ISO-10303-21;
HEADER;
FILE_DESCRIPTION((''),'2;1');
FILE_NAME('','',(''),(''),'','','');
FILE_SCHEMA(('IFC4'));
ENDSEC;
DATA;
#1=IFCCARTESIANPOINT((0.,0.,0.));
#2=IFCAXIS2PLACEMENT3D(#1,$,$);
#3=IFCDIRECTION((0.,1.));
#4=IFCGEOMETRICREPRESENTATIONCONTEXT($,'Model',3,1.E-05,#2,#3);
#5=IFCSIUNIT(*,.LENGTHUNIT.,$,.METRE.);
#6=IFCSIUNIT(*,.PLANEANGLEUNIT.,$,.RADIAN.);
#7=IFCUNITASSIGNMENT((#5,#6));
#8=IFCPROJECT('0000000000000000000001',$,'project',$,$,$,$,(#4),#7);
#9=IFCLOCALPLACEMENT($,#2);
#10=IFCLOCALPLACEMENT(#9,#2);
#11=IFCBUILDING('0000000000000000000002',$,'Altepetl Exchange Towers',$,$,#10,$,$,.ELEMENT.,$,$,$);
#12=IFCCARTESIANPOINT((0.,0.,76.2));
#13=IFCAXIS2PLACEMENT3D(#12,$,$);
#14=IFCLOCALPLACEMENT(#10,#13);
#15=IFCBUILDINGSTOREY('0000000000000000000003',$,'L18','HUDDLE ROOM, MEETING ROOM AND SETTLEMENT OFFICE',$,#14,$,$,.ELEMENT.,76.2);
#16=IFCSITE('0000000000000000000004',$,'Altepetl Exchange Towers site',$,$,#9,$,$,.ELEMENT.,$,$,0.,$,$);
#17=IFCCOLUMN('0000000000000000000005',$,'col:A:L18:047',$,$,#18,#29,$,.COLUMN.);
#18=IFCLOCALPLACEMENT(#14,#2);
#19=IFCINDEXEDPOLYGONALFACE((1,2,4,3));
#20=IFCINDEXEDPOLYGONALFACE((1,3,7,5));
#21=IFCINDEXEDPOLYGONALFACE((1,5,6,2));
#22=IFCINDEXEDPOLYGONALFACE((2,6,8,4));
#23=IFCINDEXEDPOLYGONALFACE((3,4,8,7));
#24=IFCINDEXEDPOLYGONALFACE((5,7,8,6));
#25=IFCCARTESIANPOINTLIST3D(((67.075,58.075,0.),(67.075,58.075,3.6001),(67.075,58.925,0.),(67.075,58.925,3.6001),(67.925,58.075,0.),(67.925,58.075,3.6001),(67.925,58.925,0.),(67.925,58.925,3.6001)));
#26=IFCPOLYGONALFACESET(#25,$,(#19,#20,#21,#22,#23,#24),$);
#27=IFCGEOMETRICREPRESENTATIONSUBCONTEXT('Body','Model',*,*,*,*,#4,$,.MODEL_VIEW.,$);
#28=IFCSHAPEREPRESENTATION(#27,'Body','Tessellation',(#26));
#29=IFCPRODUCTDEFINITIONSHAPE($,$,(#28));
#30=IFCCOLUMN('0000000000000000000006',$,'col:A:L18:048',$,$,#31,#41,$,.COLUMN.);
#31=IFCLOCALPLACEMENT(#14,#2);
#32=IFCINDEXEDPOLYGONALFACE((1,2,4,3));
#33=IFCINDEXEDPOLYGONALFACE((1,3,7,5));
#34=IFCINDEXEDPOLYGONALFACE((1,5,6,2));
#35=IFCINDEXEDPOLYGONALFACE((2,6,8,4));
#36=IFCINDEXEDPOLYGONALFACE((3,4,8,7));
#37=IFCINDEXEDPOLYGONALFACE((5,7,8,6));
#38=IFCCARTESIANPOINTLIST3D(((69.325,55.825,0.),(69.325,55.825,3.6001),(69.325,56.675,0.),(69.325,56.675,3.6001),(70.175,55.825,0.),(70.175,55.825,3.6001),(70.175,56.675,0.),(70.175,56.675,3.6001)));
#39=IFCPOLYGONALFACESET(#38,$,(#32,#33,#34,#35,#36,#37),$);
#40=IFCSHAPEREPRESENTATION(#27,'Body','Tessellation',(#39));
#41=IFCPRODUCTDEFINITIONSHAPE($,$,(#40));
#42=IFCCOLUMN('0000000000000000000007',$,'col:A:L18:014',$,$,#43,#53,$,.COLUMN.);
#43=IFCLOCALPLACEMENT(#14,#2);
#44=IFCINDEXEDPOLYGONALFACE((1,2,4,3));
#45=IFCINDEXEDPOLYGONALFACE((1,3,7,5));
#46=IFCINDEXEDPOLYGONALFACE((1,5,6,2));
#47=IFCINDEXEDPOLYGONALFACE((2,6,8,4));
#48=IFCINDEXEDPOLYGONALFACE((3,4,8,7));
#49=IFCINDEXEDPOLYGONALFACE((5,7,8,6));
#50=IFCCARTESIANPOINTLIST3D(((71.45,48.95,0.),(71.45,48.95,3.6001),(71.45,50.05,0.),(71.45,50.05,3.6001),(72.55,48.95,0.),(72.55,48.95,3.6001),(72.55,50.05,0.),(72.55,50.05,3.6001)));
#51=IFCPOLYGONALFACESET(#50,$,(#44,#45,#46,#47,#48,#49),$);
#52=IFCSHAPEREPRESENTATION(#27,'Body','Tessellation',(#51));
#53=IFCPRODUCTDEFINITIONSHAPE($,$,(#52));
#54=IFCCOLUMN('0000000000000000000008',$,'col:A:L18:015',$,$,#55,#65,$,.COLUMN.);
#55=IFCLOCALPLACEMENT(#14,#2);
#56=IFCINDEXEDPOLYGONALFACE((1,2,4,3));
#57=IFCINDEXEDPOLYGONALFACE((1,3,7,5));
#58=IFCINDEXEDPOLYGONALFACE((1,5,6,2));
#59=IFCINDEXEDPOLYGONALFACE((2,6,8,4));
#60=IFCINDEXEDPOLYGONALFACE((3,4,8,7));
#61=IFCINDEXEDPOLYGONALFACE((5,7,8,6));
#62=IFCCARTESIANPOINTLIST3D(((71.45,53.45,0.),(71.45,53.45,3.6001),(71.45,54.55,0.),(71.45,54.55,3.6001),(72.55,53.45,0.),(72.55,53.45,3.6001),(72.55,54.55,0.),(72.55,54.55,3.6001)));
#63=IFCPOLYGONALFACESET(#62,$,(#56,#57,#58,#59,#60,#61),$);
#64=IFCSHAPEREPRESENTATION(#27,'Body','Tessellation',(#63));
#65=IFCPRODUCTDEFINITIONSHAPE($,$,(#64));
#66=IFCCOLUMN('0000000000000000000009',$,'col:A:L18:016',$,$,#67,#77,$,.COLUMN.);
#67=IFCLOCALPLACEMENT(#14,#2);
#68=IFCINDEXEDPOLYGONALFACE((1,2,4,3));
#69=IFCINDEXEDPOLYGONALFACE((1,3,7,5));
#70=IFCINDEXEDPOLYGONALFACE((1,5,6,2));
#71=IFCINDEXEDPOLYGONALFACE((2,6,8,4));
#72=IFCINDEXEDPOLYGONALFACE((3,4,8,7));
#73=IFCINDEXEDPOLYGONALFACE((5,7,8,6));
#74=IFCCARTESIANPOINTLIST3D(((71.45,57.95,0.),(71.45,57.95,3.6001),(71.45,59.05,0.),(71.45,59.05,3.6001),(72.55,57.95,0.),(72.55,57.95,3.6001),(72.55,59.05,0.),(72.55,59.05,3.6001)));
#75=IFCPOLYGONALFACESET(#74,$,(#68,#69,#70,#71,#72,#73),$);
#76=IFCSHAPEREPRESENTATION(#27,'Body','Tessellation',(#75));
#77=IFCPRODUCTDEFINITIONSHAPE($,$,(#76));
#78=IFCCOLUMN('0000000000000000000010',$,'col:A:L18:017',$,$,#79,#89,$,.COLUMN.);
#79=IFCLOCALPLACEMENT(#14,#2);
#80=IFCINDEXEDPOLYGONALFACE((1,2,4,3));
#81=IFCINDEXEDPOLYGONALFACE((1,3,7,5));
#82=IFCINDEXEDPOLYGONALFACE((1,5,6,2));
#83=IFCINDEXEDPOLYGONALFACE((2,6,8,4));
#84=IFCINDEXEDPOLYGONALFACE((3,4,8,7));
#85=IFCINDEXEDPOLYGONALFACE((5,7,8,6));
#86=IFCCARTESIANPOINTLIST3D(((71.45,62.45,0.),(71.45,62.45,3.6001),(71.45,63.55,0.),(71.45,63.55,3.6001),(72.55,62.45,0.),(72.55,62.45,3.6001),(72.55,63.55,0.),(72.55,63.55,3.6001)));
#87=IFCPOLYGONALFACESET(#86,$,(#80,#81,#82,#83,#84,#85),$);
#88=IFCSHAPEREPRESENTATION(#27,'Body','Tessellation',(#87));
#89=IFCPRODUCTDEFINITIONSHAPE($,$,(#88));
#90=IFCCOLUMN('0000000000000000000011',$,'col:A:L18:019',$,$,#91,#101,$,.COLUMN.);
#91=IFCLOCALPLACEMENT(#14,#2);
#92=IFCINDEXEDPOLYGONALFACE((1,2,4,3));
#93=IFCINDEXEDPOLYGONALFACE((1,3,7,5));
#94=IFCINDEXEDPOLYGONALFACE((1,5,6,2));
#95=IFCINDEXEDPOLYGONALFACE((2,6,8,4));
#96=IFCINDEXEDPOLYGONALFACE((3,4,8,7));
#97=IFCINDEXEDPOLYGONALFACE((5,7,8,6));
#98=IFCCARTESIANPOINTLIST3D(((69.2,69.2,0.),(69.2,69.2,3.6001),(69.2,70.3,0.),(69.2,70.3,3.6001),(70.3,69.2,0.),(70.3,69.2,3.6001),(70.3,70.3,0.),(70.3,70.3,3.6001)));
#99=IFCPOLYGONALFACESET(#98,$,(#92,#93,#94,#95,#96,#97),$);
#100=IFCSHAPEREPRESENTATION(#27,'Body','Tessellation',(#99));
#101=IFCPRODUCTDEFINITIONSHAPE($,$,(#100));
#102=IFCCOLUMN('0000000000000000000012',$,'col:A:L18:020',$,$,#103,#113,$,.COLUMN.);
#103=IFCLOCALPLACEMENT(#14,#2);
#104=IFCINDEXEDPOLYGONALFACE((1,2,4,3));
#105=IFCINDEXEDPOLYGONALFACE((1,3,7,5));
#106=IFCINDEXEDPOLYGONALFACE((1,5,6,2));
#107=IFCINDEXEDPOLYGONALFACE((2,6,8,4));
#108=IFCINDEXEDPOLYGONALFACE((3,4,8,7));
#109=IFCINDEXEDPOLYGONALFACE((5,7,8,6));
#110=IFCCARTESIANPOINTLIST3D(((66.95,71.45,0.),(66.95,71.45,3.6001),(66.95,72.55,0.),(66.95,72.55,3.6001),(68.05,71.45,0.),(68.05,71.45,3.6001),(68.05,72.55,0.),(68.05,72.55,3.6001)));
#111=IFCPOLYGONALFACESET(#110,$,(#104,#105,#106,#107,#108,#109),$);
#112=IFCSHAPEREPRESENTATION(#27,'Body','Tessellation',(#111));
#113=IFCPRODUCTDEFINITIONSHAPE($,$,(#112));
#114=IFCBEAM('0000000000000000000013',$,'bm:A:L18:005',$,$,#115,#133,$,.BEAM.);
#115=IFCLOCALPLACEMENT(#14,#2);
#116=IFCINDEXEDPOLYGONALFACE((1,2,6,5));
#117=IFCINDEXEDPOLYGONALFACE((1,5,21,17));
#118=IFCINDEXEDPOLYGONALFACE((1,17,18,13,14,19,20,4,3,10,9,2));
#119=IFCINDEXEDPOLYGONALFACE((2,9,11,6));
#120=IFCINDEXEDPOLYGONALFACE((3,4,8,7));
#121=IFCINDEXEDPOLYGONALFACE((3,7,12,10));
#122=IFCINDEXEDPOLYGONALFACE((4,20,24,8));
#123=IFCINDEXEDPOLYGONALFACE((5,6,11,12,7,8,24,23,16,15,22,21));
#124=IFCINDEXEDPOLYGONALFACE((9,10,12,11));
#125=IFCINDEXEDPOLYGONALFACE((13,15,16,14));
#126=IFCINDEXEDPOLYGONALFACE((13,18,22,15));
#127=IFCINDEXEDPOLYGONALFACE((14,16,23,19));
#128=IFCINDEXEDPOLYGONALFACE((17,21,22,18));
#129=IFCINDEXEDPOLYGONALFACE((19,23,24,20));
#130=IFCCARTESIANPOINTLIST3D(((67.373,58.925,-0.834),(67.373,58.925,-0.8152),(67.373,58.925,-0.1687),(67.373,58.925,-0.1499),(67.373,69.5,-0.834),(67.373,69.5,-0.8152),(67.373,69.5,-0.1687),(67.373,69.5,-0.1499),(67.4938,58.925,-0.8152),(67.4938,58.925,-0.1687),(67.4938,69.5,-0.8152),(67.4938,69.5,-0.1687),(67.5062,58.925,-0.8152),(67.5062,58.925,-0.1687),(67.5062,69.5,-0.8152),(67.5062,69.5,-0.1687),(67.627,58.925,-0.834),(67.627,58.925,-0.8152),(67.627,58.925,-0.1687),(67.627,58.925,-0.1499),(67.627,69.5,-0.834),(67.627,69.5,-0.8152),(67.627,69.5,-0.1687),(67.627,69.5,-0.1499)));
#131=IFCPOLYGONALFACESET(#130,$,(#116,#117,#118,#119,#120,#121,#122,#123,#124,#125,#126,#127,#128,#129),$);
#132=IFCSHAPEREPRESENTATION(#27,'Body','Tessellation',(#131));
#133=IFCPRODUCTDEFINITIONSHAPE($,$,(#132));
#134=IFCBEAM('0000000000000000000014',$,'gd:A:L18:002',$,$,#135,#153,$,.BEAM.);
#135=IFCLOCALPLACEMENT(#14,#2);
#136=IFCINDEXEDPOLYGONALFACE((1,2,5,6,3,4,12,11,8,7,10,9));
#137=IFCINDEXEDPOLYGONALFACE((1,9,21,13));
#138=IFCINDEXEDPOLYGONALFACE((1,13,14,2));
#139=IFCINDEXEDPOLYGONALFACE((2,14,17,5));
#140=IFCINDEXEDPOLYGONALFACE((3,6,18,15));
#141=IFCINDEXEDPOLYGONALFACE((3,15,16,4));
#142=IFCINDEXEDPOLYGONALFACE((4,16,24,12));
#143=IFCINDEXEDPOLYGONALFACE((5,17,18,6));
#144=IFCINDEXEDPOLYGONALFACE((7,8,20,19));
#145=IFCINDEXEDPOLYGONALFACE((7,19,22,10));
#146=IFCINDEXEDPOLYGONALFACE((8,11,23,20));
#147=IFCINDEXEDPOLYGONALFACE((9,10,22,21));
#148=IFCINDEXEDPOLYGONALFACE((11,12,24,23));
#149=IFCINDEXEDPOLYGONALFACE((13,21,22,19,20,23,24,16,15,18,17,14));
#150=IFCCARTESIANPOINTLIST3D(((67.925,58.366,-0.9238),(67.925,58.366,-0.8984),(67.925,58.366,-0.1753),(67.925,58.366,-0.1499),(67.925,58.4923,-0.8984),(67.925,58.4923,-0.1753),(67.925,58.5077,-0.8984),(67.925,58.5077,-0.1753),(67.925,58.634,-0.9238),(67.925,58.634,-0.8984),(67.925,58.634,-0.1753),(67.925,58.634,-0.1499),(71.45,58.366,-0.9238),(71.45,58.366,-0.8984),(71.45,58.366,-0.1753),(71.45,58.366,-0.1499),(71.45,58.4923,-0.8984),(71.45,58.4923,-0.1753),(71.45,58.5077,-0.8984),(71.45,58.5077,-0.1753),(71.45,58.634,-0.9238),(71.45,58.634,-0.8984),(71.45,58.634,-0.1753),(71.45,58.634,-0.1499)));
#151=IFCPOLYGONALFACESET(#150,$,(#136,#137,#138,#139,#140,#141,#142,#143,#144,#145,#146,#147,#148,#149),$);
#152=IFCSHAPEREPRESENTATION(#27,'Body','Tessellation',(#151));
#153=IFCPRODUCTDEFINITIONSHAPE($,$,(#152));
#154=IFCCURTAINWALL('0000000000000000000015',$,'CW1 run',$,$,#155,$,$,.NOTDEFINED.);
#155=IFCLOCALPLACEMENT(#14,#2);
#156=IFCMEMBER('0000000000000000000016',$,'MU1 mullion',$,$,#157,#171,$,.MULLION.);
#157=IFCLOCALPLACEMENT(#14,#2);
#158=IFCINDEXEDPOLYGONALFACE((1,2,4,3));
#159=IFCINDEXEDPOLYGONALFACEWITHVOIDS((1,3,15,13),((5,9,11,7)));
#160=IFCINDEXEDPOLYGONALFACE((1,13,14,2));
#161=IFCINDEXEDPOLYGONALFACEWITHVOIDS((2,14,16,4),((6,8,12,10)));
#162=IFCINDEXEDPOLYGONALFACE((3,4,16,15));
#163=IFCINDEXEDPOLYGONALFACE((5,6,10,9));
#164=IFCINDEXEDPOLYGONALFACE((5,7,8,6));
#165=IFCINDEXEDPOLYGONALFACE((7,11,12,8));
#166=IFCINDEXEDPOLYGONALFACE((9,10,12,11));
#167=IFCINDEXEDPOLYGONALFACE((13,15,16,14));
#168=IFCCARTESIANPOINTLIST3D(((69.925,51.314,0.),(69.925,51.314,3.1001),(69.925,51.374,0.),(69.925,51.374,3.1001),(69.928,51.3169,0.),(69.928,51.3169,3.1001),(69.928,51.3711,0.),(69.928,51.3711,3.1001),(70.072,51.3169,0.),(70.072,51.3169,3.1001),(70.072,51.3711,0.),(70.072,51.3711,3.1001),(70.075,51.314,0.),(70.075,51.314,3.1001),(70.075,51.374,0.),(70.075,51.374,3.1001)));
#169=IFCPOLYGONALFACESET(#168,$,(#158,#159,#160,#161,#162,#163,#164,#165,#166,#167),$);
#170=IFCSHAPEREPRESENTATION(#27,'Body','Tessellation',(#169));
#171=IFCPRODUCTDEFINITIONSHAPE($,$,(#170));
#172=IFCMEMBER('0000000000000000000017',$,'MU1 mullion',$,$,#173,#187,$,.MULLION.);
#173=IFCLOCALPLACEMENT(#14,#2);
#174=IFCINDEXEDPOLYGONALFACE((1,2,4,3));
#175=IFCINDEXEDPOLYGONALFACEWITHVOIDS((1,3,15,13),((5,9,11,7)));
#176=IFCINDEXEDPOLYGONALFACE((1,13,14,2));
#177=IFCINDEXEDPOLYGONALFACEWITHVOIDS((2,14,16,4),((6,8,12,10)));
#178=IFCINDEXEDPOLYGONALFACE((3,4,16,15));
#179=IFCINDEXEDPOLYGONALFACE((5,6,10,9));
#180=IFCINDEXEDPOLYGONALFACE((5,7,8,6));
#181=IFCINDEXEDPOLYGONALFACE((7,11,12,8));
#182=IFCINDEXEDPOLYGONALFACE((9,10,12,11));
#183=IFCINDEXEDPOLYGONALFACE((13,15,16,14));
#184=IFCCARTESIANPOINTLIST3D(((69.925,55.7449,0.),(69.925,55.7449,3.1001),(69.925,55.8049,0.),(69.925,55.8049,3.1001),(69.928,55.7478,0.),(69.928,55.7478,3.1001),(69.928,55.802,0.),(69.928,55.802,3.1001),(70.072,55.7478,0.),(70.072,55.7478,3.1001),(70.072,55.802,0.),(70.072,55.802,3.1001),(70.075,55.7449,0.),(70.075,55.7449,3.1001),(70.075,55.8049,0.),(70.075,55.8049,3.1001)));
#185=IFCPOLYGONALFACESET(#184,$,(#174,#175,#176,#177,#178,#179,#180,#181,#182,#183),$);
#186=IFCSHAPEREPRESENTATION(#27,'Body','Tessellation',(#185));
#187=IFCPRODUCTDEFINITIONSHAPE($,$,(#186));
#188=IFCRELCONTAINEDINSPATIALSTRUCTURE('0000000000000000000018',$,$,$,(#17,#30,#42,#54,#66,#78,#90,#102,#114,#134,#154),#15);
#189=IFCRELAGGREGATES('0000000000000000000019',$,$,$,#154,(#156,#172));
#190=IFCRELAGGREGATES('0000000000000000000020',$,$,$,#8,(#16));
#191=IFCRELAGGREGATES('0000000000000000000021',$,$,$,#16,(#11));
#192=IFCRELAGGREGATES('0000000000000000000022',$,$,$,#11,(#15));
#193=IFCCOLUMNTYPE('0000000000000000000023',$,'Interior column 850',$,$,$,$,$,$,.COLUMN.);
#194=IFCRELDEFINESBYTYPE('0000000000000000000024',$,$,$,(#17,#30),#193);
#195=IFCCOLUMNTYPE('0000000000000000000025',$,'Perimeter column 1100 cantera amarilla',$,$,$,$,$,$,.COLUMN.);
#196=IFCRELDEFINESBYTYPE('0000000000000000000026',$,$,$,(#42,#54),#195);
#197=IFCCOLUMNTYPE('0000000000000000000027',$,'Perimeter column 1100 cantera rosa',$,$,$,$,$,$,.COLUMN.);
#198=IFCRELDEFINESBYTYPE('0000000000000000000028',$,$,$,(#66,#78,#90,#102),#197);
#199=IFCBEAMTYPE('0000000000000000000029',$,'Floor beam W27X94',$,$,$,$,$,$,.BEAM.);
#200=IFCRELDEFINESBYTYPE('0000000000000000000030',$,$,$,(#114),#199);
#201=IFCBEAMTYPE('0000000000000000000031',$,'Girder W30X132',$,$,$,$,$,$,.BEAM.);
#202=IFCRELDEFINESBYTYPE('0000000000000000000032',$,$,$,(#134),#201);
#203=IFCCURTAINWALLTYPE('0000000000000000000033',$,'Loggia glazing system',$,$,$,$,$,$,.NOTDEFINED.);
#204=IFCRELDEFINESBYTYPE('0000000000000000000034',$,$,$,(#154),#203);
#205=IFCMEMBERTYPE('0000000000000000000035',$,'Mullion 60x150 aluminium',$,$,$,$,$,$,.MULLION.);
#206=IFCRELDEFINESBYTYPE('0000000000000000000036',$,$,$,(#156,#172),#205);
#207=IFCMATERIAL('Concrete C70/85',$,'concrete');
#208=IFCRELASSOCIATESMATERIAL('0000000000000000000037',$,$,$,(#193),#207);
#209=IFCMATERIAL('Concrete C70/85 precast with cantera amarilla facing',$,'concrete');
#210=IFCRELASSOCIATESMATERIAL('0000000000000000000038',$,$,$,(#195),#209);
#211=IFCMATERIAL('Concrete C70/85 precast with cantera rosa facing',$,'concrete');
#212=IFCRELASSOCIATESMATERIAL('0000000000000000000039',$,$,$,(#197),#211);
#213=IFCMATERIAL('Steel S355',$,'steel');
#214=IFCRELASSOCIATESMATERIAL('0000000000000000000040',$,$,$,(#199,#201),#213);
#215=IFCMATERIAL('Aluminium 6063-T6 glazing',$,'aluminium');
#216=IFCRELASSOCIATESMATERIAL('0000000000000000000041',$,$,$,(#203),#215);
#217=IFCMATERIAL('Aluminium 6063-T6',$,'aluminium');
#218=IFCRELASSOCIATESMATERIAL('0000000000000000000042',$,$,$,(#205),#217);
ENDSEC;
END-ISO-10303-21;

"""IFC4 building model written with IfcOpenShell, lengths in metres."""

from ifc_helpers import new_model, si_unit, direction, frame, origin, origin_2d, place, context, subcontext, project, spatial, rectangle, hollow_rectangle, i_section, extrude, material, material_profile, profile_set, type_object, element, aggregate, save


model = new_model("IFC4")

# Units and contexts
model_context = context("Model", 3, precision=1e-05, world=origin(), true_north=direction((0.0, 1.0)))
body_context = subcontext(model_context, "Body", "Model", "MODEL_VIEW")
ifc_project = project(units=[si_unit("LENGTHUNIT", "METRE"), si_unit("PLANEANGLEUNIT", "RADIAN")], contexts=[model_context])

# Site, building, storey
site_placement = place(None, origin())
site = spatial("IfcSite", under=ifc_project, at=site_placement, Name="Altepetl Exchange Towers site", CompositionType="ELEMENT", RefElevation=0.0)
building_placement = place(site_placement, origin())
building = spatial("IfcBuilding", under=site, at=building_placement, Name="Altepetl Exchange Towers", CompositionType="ELEMENT")
storey_placement = place(building_placement, frame((0.0, 0.0, 76.2)))
storey = spatial("IfcBuildingStorey", under=building, at=storey_placement, Name="L18", Description="HUDDLE ROOM, MEETING ROOM AND SETTLEMENT OFFICE", CompositionType="ELEMENT", Elevation=76.2)

# Columns
ifc_material_1 = material(Name="Concrete C70/85", Category="concrete")
ifc_material_profile_1 = material_profile(ifc_material_1, rectangle(XDim=0.8501, YDim=0.8501, at=origin_2d()), Name="850 x 850")
ifc_profile_set_1 = profile_set([ifc_material_profile_1], Name="Concrete C70/85")
column_type_1 = type_object("IfcColumnType", Name="Interior column 850", PredefinedType="COLUMN", material=ifc_profile_set_1)
for number, where, name in (
    (1, (67.5, 58.5, 0.0), "col:A:L18:047"),
    (2, (69.75, 56.25, 0.0), "col:A:L18:048"),
):
    element("IfcColumn", number, at=place(storey_placement, frame(where)), inside=storey, type_object=column_type_1, Name=name, PredefinedType="COLUMN", context=body_context, shape_type="SweptSolid", body=[
        extrude(rectangle(XDim=0.8501, YDim=0.8501, at=origin_2d()), origin(), (0.0, 0.0, 1.0), 3.6001),
    ])
ifc_material_2 = material(Name="Concrete C70/85 precast with cantera amarilla facing", Category="concrete")
ifc_material_profile_2 = material_profile(ifc_material_2, rectangle(XDim=1.1001, YDim=1.1001, at=origin_2d()), Name="1100 x 1100")
ifc_profile_set_2 = profile_set([ifc_material_profile_2], Name="Concrete C70/85 precast with cantera amarilla facing")
column_type_2 = type_object("IfcColumnType", Name="Perimeter column 1100 cantera amarilla", PredefinedType="COLUMN", material=ifc_profile_set_2)
for number, where, name in (
    (3, (72.0, 49.5, 0.0), "col:A:L18:014"),
    (4, (72.0, 54.0, 0.0), "col:A:L18:015"),
):
    element("IfcColumn", number, at=place(storey_placement, frame(where)), inside=storey, type_object=column_type_2, Name=name, PredefinedType="COLUMN", context=body_context, shape_type="SweptSolid", body=[
        extrude(rectangle(XDim=1.1001, YDim=1.1001, at=origin_2d()), origin(), (0.0, 0.0, 1.0), 3.6001),
    ])
ifc_material_3 = material(Name="Concrete C70/85 precast with cantera rosa facing", Category="concrete")
ifc_material_profile_3 = material_profile(ifc_material_3, rectangle(XDim=1.1001, YDim=1.1001, at=origin_2d()), Name="1100 x 1100")
ifc_profile_set_3 = profile_set([ifc_material_profile_3], Name="Concrete C70/85 precast with cantera rosa facing")
column_type_3 = type_object("IfcColumnType", Name="Perimeter column 1100 cantera rosa", PredefinedType="COLUMN", material=ifc_profile_set_3)
for number, where, name in (
    (5, (72.0, 58.5, 0.0), "col:A:L18:016"),
    (6, (72.0, 63.0, 0.0), "col:A:L18:017"),
    (7, (69.75, 69.75, 0.0), "col:A:L18:019"),
    (8, (67.5, 72.0, 0.0), "col:A:L18:020"),
):
    element("IfcColumn", number, at=place(storey_placement, frame(where)), inside=storey, type_object=column_type_3, Name=name, PredefinedType="COLUMN", context=body_context, shape_type="SweptSolid", body=[
        extrude(rectangle(XDim=1.1001, YDim=1.1001, at=origin_2d()), origin(), (0.0, 0.0, 1.0), 3.6001),
    ])

# Beams
ifc_material_4 = material(Name="Steel S355", Category="steel")
ifc_material_profile_4 = material_profile(ifc_material_4, i_section(OverallWidth=0.2539, OverallDepth=0.6841, WebThickness=0.0125, FlangeThickness=0.0188, at=origin_2d()), Name="W27X94")
ifc_profile_set_4 = profile_set([ifc_material_profile_4], Name="Steel S355")
beam_type_1 = type_object("IfcBeamType", Name="Floor beam W27X94", PredefinedType="BEAM", material=ifc_profile_set_4)
beam_1_placement = place(storey_placement, frame((67.5, 58.925, -0.4919), z_axis=(0.0, 1.0, 0.0), x_axis=(-1.0, 0.0, 0.0)))
element("IfcBeam", 9, at=beam_1_placement, inside=storey, type_object=beam_type_1, Name="bm:A:L18:005", PredefinedType="BEAM", context=body_context, shape_type="SweptSolid", body=[
    extrude(i_section(OverallWidth=0.2539, OverallDepth=0.6841, WebThickness=0.0125, FlangeThickness=0.0188, at=origin_2d()), origin(), (0.0, 0.0, 1.0), 10.575),
])
ifc_material_profile_5 = material_profile(ifc_material_4, i_section(OverallWidth=0.2681, OverallDepth=0.7739, WebThickness=0.0154, FlangeThickness=0.0254, at=origin_2d()), Name="W30X132")
ifc_profile_set_5 = profile_set([ifc_material_profile_5], Name="Steel S355")
beam_type_2 = type_object("IfcBeamType", Name="Girder W30X132", PredefinedType="BEAM", material=ifc_profile_set_5)
beam_2_placement = place(storey_placement, frame((67.925, 58.5, -0.5369), z_axis=(1.0, 0.0, 0.0), x_axis=(0.0, 1.0, 0.0)))
element("IfcBeam", 10, at=beam_2_placement, inside=storey, type_object=beam_type_2, Name="gd:A:L18:002", PredefinedType="BEAM", context=body_context, shape_type="SweptSolid", body=[
    extrude(i_section(OverallWidth=0.2681, OverallDepth=0.7739, WebThickness=0.0154, FlangeThickness=0.0254, at=origin_2d()), origin(), (0.0, 0.0, 1.0), 3.5249),
])

# Curtain wall, members
ifc_material_5 = material(Name="Aluminium 6063-T6 glazing", Category="aluminium")
curtain_wall_type = type_object("IfcCurtainWallType", Name="Loggia glazing system", PredefinedType="NOTDEFINED", material=ifc_material_5)
curtain_wall_1_placement = place(storey_placement, origin())
curtain_wall_1 = element("IfcCurtainWall", 11, at=curtain_wall_1_placement, inside=storey, type_object=curtain_wall_type, Name="CW1 run", PredefinedType="NOTDEFINED")
ifc_material_6 = material(Name="Aluminium 6063-T6", Category="aluminium")
ifc_material_profile_6 = material_profile(ifc_material_6, hollow_rectangle(XDim=0.0601, YDim=0.1499, WallThickness=0.0029, at=origin_2d()), Name="Mullion 60x150 aluminium")
ifc_profile_set_6 = profile_set([ifc_material_profile_6], Name="Aluminium 6063-T6")
member_type = type_object("IfcMemberType", Name="Mullion 60x150 aluminium", PredefinedType="MULLION", material=ifc_profile_set_6)
member_1_placement = place(storey_placement, frame((70.0, 51.344, 0.0), z_axis=(0.0, 0.0, 1.0), x_axis=(0.0, 1.0, 0.0)))
member_1 = element("IfcMember", 12, at=member_1_placement, type_object=member_type, Name="MU1 mullion", PredefinedType="MULLION", context=body_context, shape_type="SweptSolid", body=[
    extrude(hollow_rectangle(XDim=0.0601, YDim=0.1499, WallThickness=0.0029, at=origin_2d()), origin(), (0.0, 0.0, 1.0), 3.1001),
])
member_2_placement = place(storey_placement, frame((70.0, 55.7749, 0.0), z_axis=(0.0, 0.0, 1.0), x_axis=(0.0, 1.0, 0.0)))
member_2 = element("IfcMember", 13, at=member_2_placement, type_object=member_type, Name="MU1 mullion", PredefinedType="MULLION", context=body_context, shape_type="SweptSolid", body=[
    extrude(hollow_rectangle(XDim=0.0601, YDim=0.1499, WallThickness=0.0029, at=origin_2d()), origin(), (0.0, 0.0, 1.0), 3.1001),
])

aggregate(curtain_wall_1, [member_1, member_2])

save(model, "model.ifc")
